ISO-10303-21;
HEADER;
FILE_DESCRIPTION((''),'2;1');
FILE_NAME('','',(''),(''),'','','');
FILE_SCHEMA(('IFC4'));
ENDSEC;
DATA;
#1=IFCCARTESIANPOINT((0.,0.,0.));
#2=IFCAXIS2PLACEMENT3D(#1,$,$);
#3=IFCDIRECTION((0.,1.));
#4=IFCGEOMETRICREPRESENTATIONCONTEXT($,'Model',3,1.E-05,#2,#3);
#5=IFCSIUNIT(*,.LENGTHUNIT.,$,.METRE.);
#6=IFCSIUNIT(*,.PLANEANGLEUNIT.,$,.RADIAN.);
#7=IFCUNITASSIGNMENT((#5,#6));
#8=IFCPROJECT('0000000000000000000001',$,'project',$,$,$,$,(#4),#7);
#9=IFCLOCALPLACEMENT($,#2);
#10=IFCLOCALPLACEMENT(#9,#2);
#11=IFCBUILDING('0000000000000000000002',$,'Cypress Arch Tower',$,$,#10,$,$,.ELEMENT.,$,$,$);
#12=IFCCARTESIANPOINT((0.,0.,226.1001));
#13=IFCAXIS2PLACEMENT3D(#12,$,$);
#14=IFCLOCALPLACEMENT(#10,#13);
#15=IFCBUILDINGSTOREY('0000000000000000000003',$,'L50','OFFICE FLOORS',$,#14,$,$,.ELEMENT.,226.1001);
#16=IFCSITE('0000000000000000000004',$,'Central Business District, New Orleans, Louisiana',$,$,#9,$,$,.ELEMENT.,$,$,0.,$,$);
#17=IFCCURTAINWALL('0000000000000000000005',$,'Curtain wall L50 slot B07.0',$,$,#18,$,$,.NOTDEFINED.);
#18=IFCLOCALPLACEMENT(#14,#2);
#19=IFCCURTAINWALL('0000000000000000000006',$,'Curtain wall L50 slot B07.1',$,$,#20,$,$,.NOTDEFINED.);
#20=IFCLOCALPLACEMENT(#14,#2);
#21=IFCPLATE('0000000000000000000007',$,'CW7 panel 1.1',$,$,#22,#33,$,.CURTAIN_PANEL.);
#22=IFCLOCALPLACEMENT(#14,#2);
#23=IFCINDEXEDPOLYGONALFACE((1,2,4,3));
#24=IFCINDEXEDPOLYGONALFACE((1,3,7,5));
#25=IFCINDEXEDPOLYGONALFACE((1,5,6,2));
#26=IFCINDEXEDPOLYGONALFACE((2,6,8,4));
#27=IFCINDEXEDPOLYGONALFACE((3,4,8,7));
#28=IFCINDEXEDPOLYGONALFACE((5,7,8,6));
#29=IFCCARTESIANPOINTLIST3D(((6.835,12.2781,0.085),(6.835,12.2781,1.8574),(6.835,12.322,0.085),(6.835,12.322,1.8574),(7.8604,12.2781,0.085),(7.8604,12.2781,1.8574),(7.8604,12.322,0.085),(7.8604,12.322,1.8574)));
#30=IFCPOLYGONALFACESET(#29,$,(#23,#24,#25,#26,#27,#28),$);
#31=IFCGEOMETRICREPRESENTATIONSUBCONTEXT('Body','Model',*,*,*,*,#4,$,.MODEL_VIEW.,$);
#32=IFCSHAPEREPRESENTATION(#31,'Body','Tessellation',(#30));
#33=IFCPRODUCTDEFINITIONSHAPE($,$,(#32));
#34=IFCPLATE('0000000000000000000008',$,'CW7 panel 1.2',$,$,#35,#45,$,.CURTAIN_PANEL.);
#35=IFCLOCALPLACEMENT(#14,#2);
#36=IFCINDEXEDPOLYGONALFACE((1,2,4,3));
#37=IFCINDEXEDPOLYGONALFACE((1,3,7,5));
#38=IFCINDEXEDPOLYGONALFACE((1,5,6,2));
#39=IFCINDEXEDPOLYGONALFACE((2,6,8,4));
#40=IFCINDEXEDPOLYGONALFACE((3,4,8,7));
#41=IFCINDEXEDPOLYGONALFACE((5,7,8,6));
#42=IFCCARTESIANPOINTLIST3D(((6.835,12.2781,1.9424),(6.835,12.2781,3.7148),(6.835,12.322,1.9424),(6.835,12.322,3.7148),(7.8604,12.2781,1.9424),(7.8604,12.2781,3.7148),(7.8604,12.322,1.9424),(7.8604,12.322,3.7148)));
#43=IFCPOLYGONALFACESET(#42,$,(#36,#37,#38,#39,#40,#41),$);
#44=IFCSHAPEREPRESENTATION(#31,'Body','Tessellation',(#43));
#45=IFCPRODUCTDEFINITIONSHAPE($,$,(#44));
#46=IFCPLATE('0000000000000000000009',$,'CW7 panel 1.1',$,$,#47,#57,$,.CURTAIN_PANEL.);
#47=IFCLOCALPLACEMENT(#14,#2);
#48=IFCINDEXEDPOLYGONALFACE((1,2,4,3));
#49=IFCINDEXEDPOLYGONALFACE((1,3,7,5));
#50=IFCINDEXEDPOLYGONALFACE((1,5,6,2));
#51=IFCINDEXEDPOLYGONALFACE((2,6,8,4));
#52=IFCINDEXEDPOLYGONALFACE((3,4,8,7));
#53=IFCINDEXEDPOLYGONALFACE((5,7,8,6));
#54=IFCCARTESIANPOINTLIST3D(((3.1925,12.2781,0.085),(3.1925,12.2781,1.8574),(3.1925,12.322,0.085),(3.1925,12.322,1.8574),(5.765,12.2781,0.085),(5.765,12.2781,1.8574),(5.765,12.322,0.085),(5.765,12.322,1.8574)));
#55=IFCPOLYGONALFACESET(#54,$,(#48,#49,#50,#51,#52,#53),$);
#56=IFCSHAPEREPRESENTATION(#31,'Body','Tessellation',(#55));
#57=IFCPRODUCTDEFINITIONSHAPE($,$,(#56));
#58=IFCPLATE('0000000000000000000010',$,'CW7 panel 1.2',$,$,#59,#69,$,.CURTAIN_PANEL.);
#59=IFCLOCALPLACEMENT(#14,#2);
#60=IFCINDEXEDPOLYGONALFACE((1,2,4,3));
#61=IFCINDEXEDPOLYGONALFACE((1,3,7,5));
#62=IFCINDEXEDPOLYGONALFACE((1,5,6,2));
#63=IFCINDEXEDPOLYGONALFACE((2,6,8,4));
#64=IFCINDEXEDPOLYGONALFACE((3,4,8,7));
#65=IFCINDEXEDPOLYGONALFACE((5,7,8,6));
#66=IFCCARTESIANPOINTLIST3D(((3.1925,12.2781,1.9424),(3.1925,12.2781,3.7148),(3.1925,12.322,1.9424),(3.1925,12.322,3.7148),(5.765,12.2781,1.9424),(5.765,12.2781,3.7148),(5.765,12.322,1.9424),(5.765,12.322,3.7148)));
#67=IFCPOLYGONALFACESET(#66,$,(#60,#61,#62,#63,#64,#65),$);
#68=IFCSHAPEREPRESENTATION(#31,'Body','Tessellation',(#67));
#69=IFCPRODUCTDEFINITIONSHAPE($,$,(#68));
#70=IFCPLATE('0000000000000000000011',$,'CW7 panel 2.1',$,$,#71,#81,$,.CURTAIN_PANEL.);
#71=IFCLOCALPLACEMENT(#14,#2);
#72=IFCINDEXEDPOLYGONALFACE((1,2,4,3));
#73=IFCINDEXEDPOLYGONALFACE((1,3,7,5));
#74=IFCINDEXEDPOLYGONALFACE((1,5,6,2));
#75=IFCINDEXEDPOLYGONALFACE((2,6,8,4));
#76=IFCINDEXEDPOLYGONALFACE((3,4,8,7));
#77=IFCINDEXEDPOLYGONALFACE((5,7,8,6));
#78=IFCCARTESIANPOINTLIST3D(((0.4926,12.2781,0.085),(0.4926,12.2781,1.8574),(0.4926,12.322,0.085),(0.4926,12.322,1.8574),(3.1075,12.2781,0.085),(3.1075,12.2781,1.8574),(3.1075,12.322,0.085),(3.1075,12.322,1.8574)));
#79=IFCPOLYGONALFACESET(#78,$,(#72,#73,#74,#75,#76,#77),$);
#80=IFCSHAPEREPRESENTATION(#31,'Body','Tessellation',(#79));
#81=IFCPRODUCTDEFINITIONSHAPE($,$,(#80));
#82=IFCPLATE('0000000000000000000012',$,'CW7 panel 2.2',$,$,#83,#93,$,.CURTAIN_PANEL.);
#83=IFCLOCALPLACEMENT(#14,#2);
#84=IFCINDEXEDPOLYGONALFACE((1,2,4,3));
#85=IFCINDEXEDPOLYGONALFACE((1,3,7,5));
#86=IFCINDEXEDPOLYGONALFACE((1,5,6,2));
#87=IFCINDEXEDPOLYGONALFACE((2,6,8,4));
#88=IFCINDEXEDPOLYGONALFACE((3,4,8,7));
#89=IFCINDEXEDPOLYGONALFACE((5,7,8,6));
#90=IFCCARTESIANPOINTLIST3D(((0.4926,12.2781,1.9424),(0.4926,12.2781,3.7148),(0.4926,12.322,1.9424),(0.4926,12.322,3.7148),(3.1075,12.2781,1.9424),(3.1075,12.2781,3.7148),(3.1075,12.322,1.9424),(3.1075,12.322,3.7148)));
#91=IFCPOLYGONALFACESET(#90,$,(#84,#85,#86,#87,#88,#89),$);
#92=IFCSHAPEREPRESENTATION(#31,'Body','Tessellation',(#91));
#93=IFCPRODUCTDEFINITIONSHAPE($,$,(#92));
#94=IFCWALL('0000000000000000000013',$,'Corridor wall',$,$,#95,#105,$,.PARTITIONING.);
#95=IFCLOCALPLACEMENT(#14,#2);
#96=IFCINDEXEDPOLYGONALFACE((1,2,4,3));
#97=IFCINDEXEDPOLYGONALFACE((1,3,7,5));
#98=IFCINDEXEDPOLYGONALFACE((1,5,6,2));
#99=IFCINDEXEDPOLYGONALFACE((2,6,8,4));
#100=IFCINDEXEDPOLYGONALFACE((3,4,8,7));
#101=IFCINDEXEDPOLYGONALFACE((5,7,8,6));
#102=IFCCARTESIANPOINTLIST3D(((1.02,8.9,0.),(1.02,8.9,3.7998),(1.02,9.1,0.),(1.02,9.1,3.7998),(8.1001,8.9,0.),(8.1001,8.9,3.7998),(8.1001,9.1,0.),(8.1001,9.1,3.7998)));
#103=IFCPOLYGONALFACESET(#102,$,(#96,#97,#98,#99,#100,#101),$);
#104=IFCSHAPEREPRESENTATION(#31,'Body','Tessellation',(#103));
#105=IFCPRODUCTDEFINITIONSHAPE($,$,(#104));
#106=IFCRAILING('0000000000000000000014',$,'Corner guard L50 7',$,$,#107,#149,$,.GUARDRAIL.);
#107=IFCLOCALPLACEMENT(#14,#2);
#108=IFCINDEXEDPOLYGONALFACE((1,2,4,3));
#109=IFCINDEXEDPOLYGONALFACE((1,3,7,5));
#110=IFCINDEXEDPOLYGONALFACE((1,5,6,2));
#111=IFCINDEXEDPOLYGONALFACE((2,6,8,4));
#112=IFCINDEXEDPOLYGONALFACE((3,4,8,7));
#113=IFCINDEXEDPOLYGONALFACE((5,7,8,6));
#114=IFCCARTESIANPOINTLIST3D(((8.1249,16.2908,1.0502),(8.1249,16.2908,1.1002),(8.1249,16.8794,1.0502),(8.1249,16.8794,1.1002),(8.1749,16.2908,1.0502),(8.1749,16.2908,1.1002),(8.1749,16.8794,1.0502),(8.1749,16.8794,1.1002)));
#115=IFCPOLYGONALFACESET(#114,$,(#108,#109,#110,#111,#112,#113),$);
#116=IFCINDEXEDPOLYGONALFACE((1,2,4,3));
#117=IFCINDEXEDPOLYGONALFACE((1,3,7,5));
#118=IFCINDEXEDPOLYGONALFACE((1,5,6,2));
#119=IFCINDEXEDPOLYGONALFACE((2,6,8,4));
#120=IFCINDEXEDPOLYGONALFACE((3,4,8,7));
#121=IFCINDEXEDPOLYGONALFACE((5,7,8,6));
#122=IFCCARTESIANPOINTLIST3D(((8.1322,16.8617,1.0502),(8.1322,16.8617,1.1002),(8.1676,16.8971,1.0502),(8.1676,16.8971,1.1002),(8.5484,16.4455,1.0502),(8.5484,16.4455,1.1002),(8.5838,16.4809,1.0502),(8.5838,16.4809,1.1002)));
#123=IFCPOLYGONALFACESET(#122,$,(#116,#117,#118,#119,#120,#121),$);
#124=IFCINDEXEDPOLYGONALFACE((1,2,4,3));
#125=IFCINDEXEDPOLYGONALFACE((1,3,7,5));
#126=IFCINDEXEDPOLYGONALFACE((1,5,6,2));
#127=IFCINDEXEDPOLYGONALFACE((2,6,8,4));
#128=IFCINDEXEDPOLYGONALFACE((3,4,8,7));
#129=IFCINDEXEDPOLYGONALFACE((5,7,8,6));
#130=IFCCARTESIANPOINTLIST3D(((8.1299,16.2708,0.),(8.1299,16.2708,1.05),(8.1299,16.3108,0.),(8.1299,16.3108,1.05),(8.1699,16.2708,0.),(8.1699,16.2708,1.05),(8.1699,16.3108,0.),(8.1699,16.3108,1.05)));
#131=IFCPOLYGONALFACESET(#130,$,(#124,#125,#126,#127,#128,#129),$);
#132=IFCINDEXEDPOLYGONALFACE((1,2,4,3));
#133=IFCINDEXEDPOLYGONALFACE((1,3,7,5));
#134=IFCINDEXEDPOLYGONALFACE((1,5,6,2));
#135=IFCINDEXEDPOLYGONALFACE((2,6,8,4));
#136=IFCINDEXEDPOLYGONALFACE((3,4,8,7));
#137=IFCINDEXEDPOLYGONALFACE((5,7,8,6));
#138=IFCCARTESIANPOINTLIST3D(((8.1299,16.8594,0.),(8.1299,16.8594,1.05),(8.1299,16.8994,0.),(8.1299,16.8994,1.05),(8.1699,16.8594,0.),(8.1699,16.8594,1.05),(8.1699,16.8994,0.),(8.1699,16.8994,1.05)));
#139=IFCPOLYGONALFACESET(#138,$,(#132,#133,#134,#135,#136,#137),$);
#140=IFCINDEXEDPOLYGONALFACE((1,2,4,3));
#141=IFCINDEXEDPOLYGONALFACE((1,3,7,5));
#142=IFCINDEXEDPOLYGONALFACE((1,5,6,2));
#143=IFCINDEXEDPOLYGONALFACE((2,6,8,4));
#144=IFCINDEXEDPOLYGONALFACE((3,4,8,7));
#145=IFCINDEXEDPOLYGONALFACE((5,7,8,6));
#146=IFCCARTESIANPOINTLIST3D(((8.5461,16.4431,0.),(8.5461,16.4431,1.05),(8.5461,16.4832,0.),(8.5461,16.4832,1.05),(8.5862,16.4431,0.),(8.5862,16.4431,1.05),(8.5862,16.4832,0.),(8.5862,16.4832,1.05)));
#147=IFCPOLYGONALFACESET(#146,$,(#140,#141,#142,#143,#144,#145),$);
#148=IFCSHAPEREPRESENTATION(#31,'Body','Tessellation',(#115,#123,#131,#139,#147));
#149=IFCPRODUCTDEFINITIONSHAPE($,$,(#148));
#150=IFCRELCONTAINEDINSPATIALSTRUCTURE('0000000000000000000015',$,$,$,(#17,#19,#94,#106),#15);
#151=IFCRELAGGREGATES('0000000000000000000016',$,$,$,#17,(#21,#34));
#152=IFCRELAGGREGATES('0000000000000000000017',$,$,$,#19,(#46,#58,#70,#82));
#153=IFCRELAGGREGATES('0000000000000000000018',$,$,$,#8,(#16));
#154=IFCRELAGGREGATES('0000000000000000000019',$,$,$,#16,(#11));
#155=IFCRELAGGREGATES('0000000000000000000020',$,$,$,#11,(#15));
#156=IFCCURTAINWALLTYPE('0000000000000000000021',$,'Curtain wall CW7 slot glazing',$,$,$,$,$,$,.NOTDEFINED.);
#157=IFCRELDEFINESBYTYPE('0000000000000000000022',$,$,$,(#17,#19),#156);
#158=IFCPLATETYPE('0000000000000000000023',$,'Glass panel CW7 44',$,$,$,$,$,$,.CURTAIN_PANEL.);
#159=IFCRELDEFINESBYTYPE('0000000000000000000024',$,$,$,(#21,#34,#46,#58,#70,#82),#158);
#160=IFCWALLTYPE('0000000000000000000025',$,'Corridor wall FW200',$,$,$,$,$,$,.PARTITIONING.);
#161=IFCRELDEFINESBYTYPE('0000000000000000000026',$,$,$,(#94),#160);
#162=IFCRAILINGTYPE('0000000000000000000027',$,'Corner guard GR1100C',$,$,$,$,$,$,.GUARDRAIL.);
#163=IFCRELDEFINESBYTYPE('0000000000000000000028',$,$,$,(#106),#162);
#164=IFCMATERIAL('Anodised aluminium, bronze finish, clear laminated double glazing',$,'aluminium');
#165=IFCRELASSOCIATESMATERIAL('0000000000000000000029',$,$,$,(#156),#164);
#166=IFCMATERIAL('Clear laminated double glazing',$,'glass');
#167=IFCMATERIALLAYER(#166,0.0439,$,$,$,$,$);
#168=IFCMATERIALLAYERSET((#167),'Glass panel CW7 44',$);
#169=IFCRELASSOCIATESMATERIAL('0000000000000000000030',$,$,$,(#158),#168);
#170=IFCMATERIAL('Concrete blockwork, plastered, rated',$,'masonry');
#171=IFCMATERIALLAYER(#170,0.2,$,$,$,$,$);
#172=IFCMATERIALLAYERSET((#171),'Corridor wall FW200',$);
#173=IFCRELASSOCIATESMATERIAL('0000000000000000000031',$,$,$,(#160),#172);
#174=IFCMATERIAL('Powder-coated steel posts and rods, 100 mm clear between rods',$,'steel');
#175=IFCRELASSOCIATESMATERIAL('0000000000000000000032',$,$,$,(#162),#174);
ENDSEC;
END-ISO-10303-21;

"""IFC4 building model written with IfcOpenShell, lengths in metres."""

from ifc_helpers import new_model, si_unit, direction, frame, frame_2d, origin, origin_2d, place, context, subcontext, project, spatial, rectangle, extrude, material, layer, layer_set, type_object, element, aggregate, save


model = new_model("IFC4")

# Units and contexts
model_context = context("Model", 3, precision=1e-05, world=origin(), true_north=direction((0.0, 1.0)))
body_context = subcontext(model_context, "Body", "Model", "MODEL_VIEW")
ifc_project = project(units=[si_unit("LENGTHUNIT", "METRE"), si_unit("PLANEANGLEUNIT", "RADIAN")], contexts=[model_context])

# Site, building, storey
site_placement = place(None, origin())
site = spatial("IfcSite", under=ifc_project, at=site_placement, Name="Central Business District, New Orleans, Louisiana", CompositionType="ELEMENT", RefElevation=0.0)
building_placement = place(site_placement, origin())
building = spatial("IfcBuilding", under=site, at=building_placement, Name="Cypress Arch Tower", CompositionType="ELEMENT")
storey_placement = place(building_placement, frame((0.0, 0.0, 226.1001)))
storey = spatial("IfcBuildingStorey", under=building, at=storey_placement, Name="L50", Description="OFFICE FLOORS", CompositionType="ELEMENT", Elevation=226.1001)

# Shared definitions
ifc_material_1 = material(Name="Anodised aluminium, bronze finish, clear laminated double glazing", Category="aluminium")
curtain_wall_type = type_object("IfcCurtainWallType", Name="Curtain wall CW7 slot glazing", PredefinedType="NOTDEFINED", material=ifc_material_1)

# Curtain walls
curtain_wall_1_placement = place(storey_placement, origin())
curtain_wall_1 = element("IfcCurtainWall", 1, at=curtain_wall_1_placement, inside=storey, type_object=curtain_wall_type, Name="Curtain wall L50 slot B07.0", PredefinedType="NOTDEFINED")
curtain_wall_2_placement = place(storey_placement, origin())
curtain_wall_2 = element("IfcCurtainWall", 2, at=curtain_wall_2_placement, inside=storey, type_object=curtain_wall_type, Name="Curtain wall L50 slot B07.1", PredefinedType="NOTDEFINED")

# Plates
ifc_material_2 = material(Name="Clear laminated double glazing", Category="glass")
ifc_layer_1 = layer(ifc_material_2, 0.0439)
ifc_layer_set_1 = layer_set([ifc_layer_1], Name="Glass panel CW7 44")
plate_type = type_object("IfcPlateType", Name="Glass panel CW7 44", PredefinedType="CURTAIN_PANEL", material=ifc_layer_set_1)
plate_1_placement = place(storey_placement, frame((7.3477, 12.3, 0.085), z_axis=(0.0, 0.0, 1.0), x_axis=(-1.0, 0.0, 0.0)))
plate_1 = element("IfcPlate", 3, at=plate_1_placement, type_object=plate_type, Name="CW7 panel 1.1", PredefinedType="CURTAIN_PANEL", context=body_context, shape_type="SweptSolid", body=[
    extrude(rectangle(XDim=1.0254, YDim=0.0439, at=origin_2d()), origin(), (0.0, 0.0, 1.0), 1.7725),
])
plate_2_placement = place(storey_placement, frame((7.3477, 12.3, 1.9424), z_axis=(0.0, 0.0, 1.0), x_axis=(-1.0, 0.0, 0.0)))
plate_2 = element("IfcPlate", 4, at=plate_2_placement, type_object=plate_type, Name="CW7 panel 1.2", PredefinedType="CURTAIN_PANEL", context=body_context, shape_type="SweptSolid", body=[
    extrude(rectangle(XDim=1.0254, YDim=0.0439, at=origin_2d()), origin(), (0.0, 0.0, 1.0), 1.7725),
])
aggregate(curtain_wall_1, [plate_1, plate_2])
plate_3_placement = place(storey_placement, frame((4.4788, 12.3, 0.085), z_axis=(0.0, 0.0, 1.0), x_axis=(-1.0, 0.0, 0.0)))
plate_3 = element("IfcPlate", 5, at=plate_3_placement, type_object=plate_type, Name="CW7 panel 1.1", PredefinedType="CURTAIN_PANEL", context=body_context, shape_type="SweptSolid", body=[
    extrude(rectangle(XDim=2.5725, YDim=0.0439, at=origin_2d()), origin(), (0.0, 0.0, 1.0), 1.7725),
])
plate_4_placement = place(storey_placement, frame((4.4788, 12.3, 1.9424), z_axis=(0.0, 0.0, 1.0), x_axis=(-1.0, 0.0, 0.0)))
plate_4 = element("IfcPlate", 6, at=plate_4_placement, type_object=plate_type, Name="CW7 panel 1.2", PredefinedType="CURTAIN_PANEL", context=body_context, shape_type="SweptSolid", body=[
    extrude(rectangle(XDim=2.5725, YDim=0.0439, at=origin_2d()), origin(), (0.0, 0.0, 1.0), 1.7725),
])
plate_5_placement = place(storey_placement, frame((1.8, 12.3, 0.085), z_axis=(0.0, 0.0, 1.0), x_axis=(-1.0, 0.0, 0.0)))
plate_5 = element("IfcPlate", 7, at=plate_5_placement, type_object=plate_type, Name="CW7 panel 2.1", PredefinedType="CURTAIN_PANEL", context=body_context, shape_type="SweptSolid", body=[
    extrude(rectangle(XDim=2.615, YDim=0.0439, at=origin_2d()), origin(), (0.0, 0.0, 1.0), 1.7725),
])
plate_6_placement = place(storey_placement, frame((1.8, 12.3, 1.9424), z_axis=(0.0, 0.0, 1.0), x_axis=(-1.0, 0.0, 0.0)))
plate_6 = element("IfcPlate", 8, at=plate_6_placement, type_object=plate_type, Name="CW7 panel 2.2", PredefinedType="CURTAIN_PANEL", context=body_context, shape_type="SweptSolid", body=[
    extrude(rectangle(XDim=2.615, YDim=0.0439, at=origin_2d()), origin(), (0.0, 0.0, 1.0), 1.7725),
])
aggregate(curtain_wall_2, [plate_3, plate_4, plate_5, plate_6])

# Wall
ifc_material_3 = material(Name="Concrete blockwork, plastered, rated", Category="masonry")
ifc_layer_2 = layer(ifc_material_3, 0.2)
ifc_layer_set_2 = layer_set([ifc_layer_2], Name="Corridor wall FW200")
wall_type = type_object("IfcWallType", Name="Corridor wall FW200", PredefinedType="PARTITIONING", material=ifc_layer_set_2)
wall_placement = place(storey_placement, frame((1.02, 9.0, 0.0), z_axis=(0.0, 0.0, 1.0), x_axis=(1.0, 0.0, 0.0)))
element("IfcWall", 9, at=wall_placement, inside=storey, type_object=wall_type, Name="Corridor wall", PredefinedType="PARTITIONING", context=body_context, shape_type="SweptSolid", body=[
    extrude(rectangle(XDim=7.0801, YDim=0.2, at=frame_2d((3.54, 0.0))), origin(), (0.0, 0.0, 1.0), 3.7998),
])

# Railing
ifc_material_4 = material(Name="Powder-coated steel posts and rods, 100 mm clear between rods", Category="steel")
railing_type = type_object("IfcRailingType", Name="Corner guard GR1100C", PredefinedType="GUARDRAIL", material=ifc_material_4)
railing_placement = place(storey_placement, frame((8.1499, 16.2908, 0.0)))
element("IfcRailing", 10, at=railing_placement, inside=storey, type_object=railing_type, Name="Corner guard L50 7", PredefinedType="GUARDRAIL", context=body_context, shape_type="SweptSolid", body=[
    extrude(rectangle(XDim=0.05, YDim=0.05, at=origin_2d()), frame((0.0, 0.0, 1.0752), z_axis=(0.0, 1.0, 0.0), x_axis=(-1.0, 0.0, 0.0)), (0.0, 0.0, 1.0), 0.5886),
    extrude(rectangle(XDim=0.05, YDim=0.05, at=origin_2d()), frame((0.0, 0.5886, 1.0752), z_axis=(0.707107, -0.707107, 0.0), x_axis=(0.707107, 0.707107, 0.0)), (0.0, 0.0, 1.0), 0.5886),
    extrude(rectangle(XDim=0.04, YDim=0.04, at=origin_2d()), origin(), (0.0, 0.0, 1.0), 1.05),
    extrude(rectangle(XDim=0.04, YDim=0.04, at=origin_2d()), frame((0.0, 0.5886, 0.0)), (0.0, 0.0, 1.0), 1.05),
    extrude(rectangle(XDim=0.04, YDim=0.04, at=origin_2d()), frame((0.4163, 0.1724, 0.0)), (0.0, 0.0, 1.0), 1.05),
])

save(model, "model.ifc")
